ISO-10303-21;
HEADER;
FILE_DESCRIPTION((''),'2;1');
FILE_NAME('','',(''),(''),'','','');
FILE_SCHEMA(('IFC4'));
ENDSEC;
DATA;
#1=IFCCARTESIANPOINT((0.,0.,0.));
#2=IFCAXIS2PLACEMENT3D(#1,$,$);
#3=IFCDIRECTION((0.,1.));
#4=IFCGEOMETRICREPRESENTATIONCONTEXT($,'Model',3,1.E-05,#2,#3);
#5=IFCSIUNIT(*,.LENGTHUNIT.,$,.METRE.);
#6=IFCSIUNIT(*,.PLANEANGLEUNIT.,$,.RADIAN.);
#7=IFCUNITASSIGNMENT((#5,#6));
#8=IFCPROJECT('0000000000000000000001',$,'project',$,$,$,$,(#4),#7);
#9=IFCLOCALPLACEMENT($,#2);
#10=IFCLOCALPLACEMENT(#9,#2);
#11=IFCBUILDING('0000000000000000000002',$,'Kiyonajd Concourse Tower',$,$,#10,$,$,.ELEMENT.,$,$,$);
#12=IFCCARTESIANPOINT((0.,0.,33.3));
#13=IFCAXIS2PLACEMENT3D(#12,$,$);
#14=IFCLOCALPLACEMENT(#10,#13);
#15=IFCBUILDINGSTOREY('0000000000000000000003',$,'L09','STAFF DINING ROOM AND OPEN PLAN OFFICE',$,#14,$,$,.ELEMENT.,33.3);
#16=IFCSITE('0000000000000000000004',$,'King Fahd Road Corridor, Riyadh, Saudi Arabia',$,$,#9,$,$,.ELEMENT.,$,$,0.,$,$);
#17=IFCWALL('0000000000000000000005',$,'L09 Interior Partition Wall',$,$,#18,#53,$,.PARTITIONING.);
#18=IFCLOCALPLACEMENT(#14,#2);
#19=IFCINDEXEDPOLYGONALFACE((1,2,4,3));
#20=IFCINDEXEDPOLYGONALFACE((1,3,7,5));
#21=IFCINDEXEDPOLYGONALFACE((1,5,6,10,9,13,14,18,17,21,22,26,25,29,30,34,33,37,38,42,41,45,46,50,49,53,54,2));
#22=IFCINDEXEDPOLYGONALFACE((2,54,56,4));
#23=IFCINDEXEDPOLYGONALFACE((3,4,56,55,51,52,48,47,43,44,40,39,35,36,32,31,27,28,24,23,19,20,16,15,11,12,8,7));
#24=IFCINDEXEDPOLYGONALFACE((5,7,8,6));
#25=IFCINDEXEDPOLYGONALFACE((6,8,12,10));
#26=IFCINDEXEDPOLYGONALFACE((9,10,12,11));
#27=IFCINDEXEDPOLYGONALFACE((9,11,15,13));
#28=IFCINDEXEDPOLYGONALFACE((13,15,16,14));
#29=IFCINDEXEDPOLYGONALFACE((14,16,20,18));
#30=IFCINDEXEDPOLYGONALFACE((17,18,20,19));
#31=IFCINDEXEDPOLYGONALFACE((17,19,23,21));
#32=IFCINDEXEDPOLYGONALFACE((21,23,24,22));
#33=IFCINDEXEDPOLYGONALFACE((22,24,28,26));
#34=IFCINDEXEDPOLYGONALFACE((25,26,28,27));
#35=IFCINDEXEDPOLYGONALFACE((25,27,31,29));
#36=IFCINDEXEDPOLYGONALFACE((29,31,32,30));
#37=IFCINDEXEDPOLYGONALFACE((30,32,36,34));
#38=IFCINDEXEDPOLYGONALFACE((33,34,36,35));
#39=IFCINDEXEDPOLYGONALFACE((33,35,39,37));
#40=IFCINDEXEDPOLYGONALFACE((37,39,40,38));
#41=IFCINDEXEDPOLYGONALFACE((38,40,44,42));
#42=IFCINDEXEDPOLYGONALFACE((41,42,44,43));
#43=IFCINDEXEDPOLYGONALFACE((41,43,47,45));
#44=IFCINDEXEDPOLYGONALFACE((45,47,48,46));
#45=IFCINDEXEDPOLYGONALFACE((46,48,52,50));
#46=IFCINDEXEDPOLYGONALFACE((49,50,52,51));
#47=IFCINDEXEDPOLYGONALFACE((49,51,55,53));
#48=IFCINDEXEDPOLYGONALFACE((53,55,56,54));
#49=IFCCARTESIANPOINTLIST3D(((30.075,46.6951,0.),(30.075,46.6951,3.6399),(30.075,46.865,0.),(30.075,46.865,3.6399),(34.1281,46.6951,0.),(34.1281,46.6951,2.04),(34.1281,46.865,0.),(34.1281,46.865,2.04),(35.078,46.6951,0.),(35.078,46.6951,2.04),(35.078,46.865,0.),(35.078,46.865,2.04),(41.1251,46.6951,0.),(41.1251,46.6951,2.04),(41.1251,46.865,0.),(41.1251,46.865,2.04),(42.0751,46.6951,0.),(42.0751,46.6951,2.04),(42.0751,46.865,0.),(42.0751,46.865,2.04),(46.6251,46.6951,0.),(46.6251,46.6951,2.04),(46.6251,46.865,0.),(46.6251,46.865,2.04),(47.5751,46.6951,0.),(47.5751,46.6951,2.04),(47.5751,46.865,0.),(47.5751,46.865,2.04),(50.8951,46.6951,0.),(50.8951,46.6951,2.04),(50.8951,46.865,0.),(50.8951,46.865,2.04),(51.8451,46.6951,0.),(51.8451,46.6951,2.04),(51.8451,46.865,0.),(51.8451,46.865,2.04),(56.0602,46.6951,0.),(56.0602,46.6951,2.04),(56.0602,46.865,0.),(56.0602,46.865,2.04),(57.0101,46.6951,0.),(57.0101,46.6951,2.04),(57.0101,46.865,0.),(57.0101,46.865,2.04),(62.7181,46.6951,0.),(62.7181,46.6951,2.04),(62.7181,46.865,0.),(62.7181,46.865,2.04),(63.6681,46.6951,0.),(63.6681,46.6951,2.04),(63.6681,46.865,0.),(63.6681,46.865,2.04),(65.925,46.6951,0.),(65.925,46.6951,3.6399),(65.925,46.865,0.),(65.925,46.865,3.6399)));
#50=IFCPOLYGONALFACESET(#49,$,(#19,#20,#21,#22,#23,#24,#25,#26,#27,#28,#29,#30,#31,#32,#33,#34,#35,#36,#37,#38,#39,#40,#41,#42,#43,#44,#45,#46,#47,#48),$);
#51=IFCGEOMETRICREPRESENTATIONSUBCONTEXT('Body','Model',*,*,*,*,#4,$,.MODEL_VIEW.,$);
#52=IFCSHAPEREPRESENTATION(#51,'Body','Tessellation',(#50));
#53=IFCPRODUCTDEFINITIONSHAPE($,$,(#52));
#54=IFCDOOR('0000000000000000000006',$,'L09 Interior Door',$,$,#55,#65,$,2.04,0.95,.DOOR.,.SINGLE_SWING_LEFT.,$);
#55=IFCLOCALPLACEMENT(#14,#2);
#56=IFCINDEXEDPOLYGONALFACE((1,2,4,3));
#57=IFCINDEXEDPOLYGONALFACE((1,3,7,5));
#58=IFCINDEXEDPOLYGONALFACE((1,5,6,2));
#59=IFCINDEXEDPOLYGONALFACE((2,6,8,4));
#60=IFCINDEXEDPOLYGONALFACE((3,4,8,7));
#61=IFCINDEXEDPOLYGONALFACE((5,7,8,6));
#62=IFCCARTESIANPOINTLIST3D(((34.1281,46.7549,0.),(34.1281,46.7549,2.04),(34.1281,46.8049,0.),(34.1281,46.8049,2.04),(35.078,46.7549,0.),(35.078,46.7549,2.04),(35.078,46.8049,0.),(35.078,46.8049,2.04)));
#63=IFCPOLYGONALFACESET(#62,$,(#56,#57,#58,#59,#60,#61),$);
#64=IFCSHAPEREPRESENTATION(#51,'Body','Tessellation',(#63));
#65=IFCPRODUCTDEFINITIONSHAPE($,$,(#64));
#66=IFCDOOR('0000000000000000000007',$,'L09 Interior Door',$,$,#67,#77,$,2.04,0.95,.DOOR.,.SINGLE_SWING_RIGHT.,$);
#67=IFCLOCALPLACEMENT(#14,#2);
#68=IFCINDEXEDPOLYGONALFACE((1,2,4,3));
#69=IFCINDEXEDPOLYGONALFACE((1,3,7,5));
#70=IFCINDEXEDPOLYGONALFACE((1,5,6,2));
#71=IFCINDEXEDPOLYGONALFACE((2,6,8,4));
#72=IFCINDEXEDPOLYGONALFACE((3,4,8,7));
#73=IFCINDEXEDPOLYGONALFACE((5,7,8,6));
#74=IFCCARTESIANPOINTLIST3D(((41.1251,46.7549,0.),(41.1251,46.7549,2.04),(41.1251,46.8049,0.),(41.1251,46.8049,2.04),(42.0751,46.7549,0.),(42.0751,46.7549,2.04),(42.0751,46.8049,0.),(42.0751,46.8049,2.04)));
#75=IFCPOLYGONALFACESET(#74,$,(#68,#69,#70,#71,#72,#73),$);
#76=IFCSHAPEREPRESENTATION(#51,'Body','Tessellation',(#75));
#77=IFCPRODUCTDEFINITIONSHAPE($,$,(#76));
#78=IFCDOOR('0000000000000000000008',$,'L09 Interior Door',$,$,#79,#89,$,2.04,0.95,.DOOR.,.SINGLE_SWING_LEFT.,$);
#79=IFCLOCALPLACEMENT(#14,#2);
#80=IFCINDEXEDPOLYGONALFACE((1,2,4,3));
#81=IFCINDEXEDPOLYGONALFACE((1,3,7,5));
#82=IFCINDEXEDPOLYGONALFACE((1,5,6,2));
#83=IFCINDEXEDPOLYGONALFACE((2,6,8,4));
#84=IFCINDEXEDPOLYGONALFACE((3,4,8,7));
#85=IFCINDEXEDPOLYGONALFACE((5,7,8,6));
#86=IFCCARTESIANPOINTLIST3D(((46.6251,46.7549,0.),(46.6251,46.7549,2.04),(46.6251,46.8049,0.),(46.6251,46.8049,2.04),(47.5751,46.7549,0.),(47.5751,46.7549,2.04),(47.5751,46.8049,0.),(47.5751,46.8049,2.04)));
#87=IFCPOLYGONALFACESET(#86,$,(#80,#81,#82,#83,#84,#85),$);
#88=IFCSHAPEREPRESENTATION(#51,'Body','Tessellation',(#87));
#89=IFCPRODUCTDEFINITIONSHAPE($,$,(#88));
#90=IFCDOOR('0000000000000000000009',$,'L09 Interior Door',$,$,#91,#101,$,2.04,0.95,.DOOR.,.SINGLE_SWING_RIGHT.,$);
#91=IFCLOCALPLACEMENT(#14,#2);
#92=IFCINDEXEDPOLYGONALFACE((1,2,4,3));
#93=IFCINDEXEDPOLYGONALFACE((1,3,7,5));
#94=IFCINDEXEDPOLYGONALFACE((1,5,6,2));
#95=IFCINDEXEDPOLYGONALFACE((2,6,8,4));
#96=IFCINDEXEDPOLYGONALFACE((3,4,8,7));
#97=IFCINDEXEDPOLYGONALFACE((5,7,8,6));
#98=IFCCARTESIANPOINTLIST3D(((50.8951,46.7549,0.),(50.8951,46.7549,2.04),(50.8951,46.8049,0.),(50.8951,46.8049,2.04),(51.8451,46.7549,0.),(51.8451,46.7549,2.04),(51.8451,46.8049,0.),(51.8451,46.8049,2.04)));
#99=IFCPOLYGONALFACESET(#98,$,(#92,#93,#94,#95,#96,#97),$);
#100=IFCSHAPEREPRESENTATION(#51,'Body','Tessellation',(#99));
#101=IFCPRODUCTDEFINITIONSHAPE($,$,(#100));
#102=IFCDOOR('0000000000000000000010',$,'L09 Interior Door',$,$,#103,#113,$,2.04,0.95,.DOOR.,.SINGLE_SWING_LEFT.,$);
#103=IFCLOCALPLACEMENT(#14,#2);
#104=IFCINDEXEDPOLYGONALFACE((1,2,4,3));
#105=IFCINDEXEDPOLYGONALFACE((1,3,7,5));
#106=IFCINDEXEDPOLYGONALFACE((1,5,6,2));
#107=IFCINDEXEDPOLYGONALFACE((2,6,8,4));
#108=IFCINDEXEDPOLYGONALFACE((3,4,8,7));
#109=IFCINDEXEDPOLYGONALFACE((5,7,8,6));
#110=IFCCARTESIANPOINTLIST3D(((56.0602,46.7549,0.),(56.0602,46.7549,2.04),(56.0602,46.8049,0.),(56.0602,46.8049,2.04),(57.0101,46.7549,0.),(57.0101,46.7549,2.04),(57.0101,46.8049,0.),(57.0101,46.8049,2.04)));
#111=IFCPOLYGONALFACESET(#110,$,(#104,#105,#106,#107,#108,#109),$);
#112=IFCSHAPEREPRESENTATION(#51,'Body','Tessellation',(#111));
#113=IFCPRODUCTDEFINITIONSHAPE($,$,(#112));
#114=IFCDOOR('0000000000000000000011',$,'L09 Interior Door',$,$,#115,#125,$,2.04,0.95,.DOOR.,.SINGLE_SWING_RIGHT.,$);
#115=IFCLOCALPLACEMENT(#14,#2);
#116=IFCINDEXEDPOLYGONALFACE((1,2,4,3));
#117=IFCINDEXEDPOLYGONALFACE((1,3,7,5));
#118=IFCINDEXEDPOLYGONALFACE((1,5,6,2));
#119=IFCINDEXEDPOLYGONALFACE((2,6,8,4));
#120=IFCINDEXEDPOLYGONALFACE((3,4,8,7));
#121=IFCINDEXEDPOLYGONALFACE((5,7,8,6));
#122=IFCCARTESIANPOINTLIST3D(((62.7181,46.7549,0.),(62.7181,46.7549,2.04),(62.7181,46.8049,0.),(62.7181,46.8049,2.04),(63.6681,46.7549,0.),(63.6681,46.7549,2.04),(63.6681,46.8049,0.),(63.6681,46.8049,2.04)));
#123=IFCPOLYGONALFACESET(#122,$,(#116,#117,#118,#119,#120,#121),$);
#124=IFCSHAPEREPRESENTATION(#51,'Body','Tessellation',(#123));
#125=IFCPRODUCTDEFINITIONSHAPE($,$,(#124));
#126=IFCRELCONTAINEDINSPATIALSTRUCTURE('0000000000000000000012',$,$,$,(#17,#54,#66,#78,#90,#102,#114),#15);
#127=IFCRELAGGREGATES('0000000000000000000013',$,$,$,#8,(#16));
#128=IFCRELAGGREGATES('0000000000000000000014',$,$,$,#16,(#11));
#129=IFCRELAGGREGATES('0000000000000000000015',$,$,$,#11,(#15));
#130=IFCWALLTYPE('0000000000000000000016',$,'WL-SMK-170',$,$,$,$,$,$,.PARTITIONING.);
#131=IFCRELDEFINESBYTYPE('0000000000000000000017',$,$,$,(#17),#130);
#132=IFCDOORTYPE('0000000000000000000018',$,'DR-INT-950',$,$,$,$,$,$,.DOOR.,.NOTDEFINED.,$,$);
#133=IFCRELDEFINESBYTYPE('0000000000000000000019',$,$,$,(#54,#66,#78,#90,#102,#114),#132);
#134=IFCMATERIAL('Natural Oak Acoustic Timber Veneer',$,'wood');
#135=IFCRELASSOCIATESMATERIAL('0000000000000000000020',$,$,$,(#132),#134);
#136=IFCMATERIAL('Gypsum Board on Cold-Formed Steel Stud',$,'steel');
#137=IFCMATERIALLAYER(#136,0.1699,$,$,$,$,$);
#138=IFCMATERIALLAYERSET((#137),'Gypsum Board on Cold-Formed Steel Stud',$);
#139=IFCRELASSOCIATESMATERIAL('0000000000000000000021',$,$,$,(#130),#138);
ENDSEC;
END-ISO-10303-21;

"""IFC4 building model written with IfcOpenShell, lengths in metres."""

from ifc_helpers import new_model, si_unit, direction, frame, frame_2d, origin, place, context, subcontext, project, spatial, rectangle, extrude, material, layer, layer_set, type_object, element, fill, save


model = new_model("IFC4")

# Units and contexts
model_context = context("Model", 3, precision=1e-05, world=origin(), true_north=direction((0.0, 1.0)))
body_context = subcontext(model_context, "Body", "Model", "MODEL_VIEW")
ifc_project = project(units=[si_unit("LENGTHUNIT", "METRE"), si_unit("PLANEANGLEUNIT", "RADIAN")], contexts=[model_context])

# Site, building, storey
site_placement = place(None, origin())
site = spatial("IfcSite", under=ifc_project, at=site_placement, Name="King Fahd Road Corridor, Riyadh, Saudi Arabia", CompositionType="ELEMENT", RefElevation=0.0)
building_placement = place(site_placement, origin())
building = spatial("IfcBuilding", under=site, at=building_placement, Name="Kiyonajd Concourse Tower", CompositionType="ELEMENT")
storey_placement = place(building_placement, frame((0.0, 0.0, 33.3)))
storey = spatial("IfcBuildingStorey", under=building, at=storey_placement, Name="L09", Description="STAFF DINING ROOM AND OPEN PLAN OFFICE", CompositionType="ELEMENT", Elevation=33.3)

# Shared definitions
ifc_material_1 = material(Name="Natural Oak Acoustic Timber Veneer", Category="wood")
door_type_1 = type_object("IfcDoorType", Name="DR-INT-950", OperationType="NOTDEFINED", PredefinedType="DOOR", material=ifc_material_1)

# Shared definitions
ifc_material_2 = material(Name="Gypsum Board on Cold-Formed Steel Stud", Category="steel")

# Wall, openings, doors
ifc_layer_1 = layer(ifc_material_2, 0.1699)
ifc_layer_set_1 = layer_set([ifc_layer_1], Name="Gypsum Board on Cold-Formed Steel Stud")
wall_type_1 = type_object("IfcWallType", Name="WL-SMK-170", PredefinedType="PARTITIONING", material=ifc_layer_set_1)
wall_1_placement = place(storey_placement, frame((30.075, 46.78, 0.0), z_axis=(0.0, 0.0, 1.0), x_axis=(1.0, 0.0, 0.0)))
wall_1 = element("IfcWall", 1, at=wall_1_placement, inside=storey, type_object=wall_type_1, Name="L09 Interior Partition Wall", PredefinedType="PARTITIONING", context=body_context, shape_type="SweptSolid", body=[
    extrude(rectangle(XDim=35.8501, YDim=0.1699, at=frame_2d((17.925, 0.0))), origin(), (0.0, 0.0, 1.0), 3.6399),
])
opening_1_placement = place(wall_1_placement, frame((4.053, 0.0, 0.0)))
opening_1 = element("IfcOpeningElement", 2, at=opening_1_placement, cuts=wall_1, PredefinedType="OPENING", context=body_context, shape_type="SweptSolid", body=[
    extrude(rectangle(XDim=0.95, YDim=2.04, at=frame_2d((0.4751, 1.02))), frame((0.0, 0.095, 0.0), z_axis=(0.0, -1.0, 0.0), x_axis=(1.0, 0.0, 0.0)), (0.0, 0.0, 1.0), 0.1899),
])
opening_2_placement = place(wall_1_placement, frame((11.05, 0.0, 0.0)))
opening_2 = element("IfcOpeningElement", 3, at=opening_2_placement, cuts=wall_1, PredefinedType="OPENING", context=body_context, shape_type="SweptSolid", body=[
    extrude(rectangle(XDim=0.95, YDim=2.04, at=frame_2d((0.4751, 1.02))), frame((0.0, 0.095, 0.0), z_axis=(0.0, -1.0, 0.0), x_axis=(1.0, 0.0, 0.0)), (0.0, 0.0, 1.0), 0.1899),
])
opening_3_placement = place(wall_1_placement, frame((16.55, 0.0, 0.0)))
opening_3 = element("IfcOpeningElement", 4, at=opening_3_placement, cuts=wall_1, PredefinedType="OPENING", context=body_context, shape_type="SweptSolid", body=[
    extrude(rectangle(XDim=0.95, YDim=2.04, at=frame_2d((0.4751, 1.02))), frame((0.0, 0.095, 0.0), z_axis=(0.0, -1.0, 0.0), x_axis=(1.0, 0.0, 0.0)), (0.0, 0.0, 1.0), 0.1899),
])
opening_4_placement = place(wall_1_placement, frame((20.8201, 0.0, 0.0)))
opening_4 = element("IfcOpeningElement", 5, at=opening_4_placement, cuts=wall_1, PredefinedType="OPENING", context=body_context, shape_type="SweptSolid", body=[
    extrude(rectangle(XDim=0.95, YDim=2.04, at=frame_2d((0.4751, 1.02))), frame((0.0, 0.095, 0.0), z_axis=(0.0, -1.0, 0.0), x_axis=(1.0, 0.0, 0.0)), (0.0, 0.0, 1.0), 0.1899),
])
opening_5_placement = place(wall_1_placement, frame((25.9851, 0.0, 0.0)))
opening_5 = element("IfcOpeningElement", 6, at=opening_5_placement, cuts=wall_1, PredefinedType="OPENING", context=body_context, shape_type="SweptSolid", body=[
    extrude(rectangle(XDim=0.95, YDim=2.04, at=frame_2d((0.4751, 1.02))), frame((0.0, 0.095, 0.0), z_axis=(0.0, -1.0, 0.0), x_axis=(1.0, 0.0, 0.0)), (0.0, 0.0, 1.0), 0.1899),
])
opening_6_placement = place(wall_1_placement, frame((32.6431, 0.0, 0.0)))
opening_6 = element("IfcOpeningElement", 7, at=opening_6_placement, cuts=wall_1, PredefinedType="OPENING", context=body_context, shape_type="SweptSolid", body=[
    extrude(rectangle(XDim=0.95, YDim=2.04, at=frame_2d((0.4751, 1.02))), frame((0.0, 0.095, 0.0), z_axis=(0.0, -1.0, 0.0), x_axis=(1.0, 0.0, 0.0)), (0.0, 0.0, 1.0), 0.1899),
])
door_1_placement = place(opening_1_placement, origin())
door_1 = element("IfcDoor", 8, at=door_1_placement, inside=storey, type_object=door_type_1, Name="L09 Interior Door", OperationType="SINGLE_SWING_LEFT", OverallHeight=2.04, OverallWidth=0.95, PredefinedType="DOOR", context=body_context, shape_type="SweptSolid", body=[
    extrude(rectangle(XDim=0.95, YDim=2.04, at=frame_2d((0.4751, 1.02))), frame((0.0, 0.0249, 0.0), z_axis=(0.0, -1.0, 0.0), x_axis=(1.0, 0.0, 0.0)), (0.0, 0.0, 1.0), 0.05),
])
fill(opening_1, door_1)
door_2_placement = place(opening_2_placement, origin())
door_2 = element("IfcDoor", 9, at=door_2_placement, inside=storey, type_object=door_type_1, Name="L09 Interior Door", OperationType="SINGLE_SWING_RIGHT", OverallHeight=2.04, OverallWidth=0.95, PredefinedType="DOOR", context=body_context, shape_type="SweptSolid", body=[
    extrude(rectangle(XDim=0.95, YDim=2.04, at=frame_2d((0.4751, 1.02))), frame((0.0, 0.0249, 0.0), z_axis=(0.0, -1.0, 0.0), x_axis=(1.0, 0.0, 0.0)), (0.0, 0.0, 1.0), 0.05),
])
fill(opening_2, door_2)
door_3_placement = place(opening_3_placement, origin())
door_3 = element("IfcDoor", 10, at=door_3_placement, inside=storey, type_object=door_type_1, Name="L09 Interior Door", OperationType="SINGLE_SWING_LEFT", OverallHeight=2.04, OverallWidth=0.95, PredefinedType="DOOR", context=body_context, shape_type="SweptSolid", body=[
    extrude(rectangle(XDim=0.95, YDim=2.04, at=frame_2d((0.4751, 1.02))), frame((0.0, 0.0249, 0.0), z_axis=(0.0, -1.0, 0.0), x_axis=(1.0, 0.0, 0.0)), (0.0, 0.0, 1.0), 0.05),
])
fill(opening_3, door_3)
door_4_placement = place(opening_4_placement, origin())
door_4 = element("IfcDoor", 11, at=door_4_placement, inside=storey, type_object=door_type_1, Name="L09 Interior Door", OperationType="SINGLE_SWING_RIGHT", OverallHeight=2.04, OverallWidth=0.95, PredefinedType="DOOR", context=body_context, shape_type="SweptSolid", body=[
    extrude(rectangle(XDim=0.95, YDim=2.04, at=frame_2d((0.4751, 1.02))), frame((0.0, 0.0249, 0.0), z_axis=(0.0, -1.0, 0.0), x_axis=(1.0, 0.0, 0.0)), (0.0, 0.0, 1.0), 0.05),
])
fill(opening_4, door_4)
door_5_placement = place(opening_5_placement, origin())
door_5 = element("IfcDoor", 12, at=door_5_placement, inside=storey, type_object=door_type_1, Name="L09 Interior Door", OperationType="SINGLE_SWING_LEFT", OverallHeight=2.04, OverallWidth=0.95, PredefinedType="DOOR", context=body_context, shape_type="SweptSolid", body=[
    extrude(rectangle(XDim=0.95, YDim=2.04, at=frame_2d((0.4751, 1.02))), frame((0.0, 0.0249, 0.0), z_axis=(0.0, -1.0, 0.0), x_axis=(1.0, 0.0, 0.0)), (0.0, 0.0, 1.0), 0.05),
])
fill(opening_5, door_5)
door_6_placement = place(opening_6_placement, origin())
door_6 = element("IfcDoor", 13, at=door_6_placement, inside=storey, type_object=door_type_1, Name="L09 Interior Door", OperationType="SINGLE_SWING_RIGHT", OverallHeight=2.04, OverallWidth=0.95, PredefinedType="DOOR", context=body_context, shape_type="SweptSolid", body=[
    extrude(rectangle(XDim=0.95, YDim=2.04, at=frame_2d((0.4751, 1.02))), frame((0.0, 0.0249, 0.0), z_axis=(0.0, -1.0, 0.0), x_axis=(1.0, 0.0, 0.0)), (0.0, 0.0, 1.0), 0.05),
])
fill(opening_6, door_6)

save(model, "model.ifc")
